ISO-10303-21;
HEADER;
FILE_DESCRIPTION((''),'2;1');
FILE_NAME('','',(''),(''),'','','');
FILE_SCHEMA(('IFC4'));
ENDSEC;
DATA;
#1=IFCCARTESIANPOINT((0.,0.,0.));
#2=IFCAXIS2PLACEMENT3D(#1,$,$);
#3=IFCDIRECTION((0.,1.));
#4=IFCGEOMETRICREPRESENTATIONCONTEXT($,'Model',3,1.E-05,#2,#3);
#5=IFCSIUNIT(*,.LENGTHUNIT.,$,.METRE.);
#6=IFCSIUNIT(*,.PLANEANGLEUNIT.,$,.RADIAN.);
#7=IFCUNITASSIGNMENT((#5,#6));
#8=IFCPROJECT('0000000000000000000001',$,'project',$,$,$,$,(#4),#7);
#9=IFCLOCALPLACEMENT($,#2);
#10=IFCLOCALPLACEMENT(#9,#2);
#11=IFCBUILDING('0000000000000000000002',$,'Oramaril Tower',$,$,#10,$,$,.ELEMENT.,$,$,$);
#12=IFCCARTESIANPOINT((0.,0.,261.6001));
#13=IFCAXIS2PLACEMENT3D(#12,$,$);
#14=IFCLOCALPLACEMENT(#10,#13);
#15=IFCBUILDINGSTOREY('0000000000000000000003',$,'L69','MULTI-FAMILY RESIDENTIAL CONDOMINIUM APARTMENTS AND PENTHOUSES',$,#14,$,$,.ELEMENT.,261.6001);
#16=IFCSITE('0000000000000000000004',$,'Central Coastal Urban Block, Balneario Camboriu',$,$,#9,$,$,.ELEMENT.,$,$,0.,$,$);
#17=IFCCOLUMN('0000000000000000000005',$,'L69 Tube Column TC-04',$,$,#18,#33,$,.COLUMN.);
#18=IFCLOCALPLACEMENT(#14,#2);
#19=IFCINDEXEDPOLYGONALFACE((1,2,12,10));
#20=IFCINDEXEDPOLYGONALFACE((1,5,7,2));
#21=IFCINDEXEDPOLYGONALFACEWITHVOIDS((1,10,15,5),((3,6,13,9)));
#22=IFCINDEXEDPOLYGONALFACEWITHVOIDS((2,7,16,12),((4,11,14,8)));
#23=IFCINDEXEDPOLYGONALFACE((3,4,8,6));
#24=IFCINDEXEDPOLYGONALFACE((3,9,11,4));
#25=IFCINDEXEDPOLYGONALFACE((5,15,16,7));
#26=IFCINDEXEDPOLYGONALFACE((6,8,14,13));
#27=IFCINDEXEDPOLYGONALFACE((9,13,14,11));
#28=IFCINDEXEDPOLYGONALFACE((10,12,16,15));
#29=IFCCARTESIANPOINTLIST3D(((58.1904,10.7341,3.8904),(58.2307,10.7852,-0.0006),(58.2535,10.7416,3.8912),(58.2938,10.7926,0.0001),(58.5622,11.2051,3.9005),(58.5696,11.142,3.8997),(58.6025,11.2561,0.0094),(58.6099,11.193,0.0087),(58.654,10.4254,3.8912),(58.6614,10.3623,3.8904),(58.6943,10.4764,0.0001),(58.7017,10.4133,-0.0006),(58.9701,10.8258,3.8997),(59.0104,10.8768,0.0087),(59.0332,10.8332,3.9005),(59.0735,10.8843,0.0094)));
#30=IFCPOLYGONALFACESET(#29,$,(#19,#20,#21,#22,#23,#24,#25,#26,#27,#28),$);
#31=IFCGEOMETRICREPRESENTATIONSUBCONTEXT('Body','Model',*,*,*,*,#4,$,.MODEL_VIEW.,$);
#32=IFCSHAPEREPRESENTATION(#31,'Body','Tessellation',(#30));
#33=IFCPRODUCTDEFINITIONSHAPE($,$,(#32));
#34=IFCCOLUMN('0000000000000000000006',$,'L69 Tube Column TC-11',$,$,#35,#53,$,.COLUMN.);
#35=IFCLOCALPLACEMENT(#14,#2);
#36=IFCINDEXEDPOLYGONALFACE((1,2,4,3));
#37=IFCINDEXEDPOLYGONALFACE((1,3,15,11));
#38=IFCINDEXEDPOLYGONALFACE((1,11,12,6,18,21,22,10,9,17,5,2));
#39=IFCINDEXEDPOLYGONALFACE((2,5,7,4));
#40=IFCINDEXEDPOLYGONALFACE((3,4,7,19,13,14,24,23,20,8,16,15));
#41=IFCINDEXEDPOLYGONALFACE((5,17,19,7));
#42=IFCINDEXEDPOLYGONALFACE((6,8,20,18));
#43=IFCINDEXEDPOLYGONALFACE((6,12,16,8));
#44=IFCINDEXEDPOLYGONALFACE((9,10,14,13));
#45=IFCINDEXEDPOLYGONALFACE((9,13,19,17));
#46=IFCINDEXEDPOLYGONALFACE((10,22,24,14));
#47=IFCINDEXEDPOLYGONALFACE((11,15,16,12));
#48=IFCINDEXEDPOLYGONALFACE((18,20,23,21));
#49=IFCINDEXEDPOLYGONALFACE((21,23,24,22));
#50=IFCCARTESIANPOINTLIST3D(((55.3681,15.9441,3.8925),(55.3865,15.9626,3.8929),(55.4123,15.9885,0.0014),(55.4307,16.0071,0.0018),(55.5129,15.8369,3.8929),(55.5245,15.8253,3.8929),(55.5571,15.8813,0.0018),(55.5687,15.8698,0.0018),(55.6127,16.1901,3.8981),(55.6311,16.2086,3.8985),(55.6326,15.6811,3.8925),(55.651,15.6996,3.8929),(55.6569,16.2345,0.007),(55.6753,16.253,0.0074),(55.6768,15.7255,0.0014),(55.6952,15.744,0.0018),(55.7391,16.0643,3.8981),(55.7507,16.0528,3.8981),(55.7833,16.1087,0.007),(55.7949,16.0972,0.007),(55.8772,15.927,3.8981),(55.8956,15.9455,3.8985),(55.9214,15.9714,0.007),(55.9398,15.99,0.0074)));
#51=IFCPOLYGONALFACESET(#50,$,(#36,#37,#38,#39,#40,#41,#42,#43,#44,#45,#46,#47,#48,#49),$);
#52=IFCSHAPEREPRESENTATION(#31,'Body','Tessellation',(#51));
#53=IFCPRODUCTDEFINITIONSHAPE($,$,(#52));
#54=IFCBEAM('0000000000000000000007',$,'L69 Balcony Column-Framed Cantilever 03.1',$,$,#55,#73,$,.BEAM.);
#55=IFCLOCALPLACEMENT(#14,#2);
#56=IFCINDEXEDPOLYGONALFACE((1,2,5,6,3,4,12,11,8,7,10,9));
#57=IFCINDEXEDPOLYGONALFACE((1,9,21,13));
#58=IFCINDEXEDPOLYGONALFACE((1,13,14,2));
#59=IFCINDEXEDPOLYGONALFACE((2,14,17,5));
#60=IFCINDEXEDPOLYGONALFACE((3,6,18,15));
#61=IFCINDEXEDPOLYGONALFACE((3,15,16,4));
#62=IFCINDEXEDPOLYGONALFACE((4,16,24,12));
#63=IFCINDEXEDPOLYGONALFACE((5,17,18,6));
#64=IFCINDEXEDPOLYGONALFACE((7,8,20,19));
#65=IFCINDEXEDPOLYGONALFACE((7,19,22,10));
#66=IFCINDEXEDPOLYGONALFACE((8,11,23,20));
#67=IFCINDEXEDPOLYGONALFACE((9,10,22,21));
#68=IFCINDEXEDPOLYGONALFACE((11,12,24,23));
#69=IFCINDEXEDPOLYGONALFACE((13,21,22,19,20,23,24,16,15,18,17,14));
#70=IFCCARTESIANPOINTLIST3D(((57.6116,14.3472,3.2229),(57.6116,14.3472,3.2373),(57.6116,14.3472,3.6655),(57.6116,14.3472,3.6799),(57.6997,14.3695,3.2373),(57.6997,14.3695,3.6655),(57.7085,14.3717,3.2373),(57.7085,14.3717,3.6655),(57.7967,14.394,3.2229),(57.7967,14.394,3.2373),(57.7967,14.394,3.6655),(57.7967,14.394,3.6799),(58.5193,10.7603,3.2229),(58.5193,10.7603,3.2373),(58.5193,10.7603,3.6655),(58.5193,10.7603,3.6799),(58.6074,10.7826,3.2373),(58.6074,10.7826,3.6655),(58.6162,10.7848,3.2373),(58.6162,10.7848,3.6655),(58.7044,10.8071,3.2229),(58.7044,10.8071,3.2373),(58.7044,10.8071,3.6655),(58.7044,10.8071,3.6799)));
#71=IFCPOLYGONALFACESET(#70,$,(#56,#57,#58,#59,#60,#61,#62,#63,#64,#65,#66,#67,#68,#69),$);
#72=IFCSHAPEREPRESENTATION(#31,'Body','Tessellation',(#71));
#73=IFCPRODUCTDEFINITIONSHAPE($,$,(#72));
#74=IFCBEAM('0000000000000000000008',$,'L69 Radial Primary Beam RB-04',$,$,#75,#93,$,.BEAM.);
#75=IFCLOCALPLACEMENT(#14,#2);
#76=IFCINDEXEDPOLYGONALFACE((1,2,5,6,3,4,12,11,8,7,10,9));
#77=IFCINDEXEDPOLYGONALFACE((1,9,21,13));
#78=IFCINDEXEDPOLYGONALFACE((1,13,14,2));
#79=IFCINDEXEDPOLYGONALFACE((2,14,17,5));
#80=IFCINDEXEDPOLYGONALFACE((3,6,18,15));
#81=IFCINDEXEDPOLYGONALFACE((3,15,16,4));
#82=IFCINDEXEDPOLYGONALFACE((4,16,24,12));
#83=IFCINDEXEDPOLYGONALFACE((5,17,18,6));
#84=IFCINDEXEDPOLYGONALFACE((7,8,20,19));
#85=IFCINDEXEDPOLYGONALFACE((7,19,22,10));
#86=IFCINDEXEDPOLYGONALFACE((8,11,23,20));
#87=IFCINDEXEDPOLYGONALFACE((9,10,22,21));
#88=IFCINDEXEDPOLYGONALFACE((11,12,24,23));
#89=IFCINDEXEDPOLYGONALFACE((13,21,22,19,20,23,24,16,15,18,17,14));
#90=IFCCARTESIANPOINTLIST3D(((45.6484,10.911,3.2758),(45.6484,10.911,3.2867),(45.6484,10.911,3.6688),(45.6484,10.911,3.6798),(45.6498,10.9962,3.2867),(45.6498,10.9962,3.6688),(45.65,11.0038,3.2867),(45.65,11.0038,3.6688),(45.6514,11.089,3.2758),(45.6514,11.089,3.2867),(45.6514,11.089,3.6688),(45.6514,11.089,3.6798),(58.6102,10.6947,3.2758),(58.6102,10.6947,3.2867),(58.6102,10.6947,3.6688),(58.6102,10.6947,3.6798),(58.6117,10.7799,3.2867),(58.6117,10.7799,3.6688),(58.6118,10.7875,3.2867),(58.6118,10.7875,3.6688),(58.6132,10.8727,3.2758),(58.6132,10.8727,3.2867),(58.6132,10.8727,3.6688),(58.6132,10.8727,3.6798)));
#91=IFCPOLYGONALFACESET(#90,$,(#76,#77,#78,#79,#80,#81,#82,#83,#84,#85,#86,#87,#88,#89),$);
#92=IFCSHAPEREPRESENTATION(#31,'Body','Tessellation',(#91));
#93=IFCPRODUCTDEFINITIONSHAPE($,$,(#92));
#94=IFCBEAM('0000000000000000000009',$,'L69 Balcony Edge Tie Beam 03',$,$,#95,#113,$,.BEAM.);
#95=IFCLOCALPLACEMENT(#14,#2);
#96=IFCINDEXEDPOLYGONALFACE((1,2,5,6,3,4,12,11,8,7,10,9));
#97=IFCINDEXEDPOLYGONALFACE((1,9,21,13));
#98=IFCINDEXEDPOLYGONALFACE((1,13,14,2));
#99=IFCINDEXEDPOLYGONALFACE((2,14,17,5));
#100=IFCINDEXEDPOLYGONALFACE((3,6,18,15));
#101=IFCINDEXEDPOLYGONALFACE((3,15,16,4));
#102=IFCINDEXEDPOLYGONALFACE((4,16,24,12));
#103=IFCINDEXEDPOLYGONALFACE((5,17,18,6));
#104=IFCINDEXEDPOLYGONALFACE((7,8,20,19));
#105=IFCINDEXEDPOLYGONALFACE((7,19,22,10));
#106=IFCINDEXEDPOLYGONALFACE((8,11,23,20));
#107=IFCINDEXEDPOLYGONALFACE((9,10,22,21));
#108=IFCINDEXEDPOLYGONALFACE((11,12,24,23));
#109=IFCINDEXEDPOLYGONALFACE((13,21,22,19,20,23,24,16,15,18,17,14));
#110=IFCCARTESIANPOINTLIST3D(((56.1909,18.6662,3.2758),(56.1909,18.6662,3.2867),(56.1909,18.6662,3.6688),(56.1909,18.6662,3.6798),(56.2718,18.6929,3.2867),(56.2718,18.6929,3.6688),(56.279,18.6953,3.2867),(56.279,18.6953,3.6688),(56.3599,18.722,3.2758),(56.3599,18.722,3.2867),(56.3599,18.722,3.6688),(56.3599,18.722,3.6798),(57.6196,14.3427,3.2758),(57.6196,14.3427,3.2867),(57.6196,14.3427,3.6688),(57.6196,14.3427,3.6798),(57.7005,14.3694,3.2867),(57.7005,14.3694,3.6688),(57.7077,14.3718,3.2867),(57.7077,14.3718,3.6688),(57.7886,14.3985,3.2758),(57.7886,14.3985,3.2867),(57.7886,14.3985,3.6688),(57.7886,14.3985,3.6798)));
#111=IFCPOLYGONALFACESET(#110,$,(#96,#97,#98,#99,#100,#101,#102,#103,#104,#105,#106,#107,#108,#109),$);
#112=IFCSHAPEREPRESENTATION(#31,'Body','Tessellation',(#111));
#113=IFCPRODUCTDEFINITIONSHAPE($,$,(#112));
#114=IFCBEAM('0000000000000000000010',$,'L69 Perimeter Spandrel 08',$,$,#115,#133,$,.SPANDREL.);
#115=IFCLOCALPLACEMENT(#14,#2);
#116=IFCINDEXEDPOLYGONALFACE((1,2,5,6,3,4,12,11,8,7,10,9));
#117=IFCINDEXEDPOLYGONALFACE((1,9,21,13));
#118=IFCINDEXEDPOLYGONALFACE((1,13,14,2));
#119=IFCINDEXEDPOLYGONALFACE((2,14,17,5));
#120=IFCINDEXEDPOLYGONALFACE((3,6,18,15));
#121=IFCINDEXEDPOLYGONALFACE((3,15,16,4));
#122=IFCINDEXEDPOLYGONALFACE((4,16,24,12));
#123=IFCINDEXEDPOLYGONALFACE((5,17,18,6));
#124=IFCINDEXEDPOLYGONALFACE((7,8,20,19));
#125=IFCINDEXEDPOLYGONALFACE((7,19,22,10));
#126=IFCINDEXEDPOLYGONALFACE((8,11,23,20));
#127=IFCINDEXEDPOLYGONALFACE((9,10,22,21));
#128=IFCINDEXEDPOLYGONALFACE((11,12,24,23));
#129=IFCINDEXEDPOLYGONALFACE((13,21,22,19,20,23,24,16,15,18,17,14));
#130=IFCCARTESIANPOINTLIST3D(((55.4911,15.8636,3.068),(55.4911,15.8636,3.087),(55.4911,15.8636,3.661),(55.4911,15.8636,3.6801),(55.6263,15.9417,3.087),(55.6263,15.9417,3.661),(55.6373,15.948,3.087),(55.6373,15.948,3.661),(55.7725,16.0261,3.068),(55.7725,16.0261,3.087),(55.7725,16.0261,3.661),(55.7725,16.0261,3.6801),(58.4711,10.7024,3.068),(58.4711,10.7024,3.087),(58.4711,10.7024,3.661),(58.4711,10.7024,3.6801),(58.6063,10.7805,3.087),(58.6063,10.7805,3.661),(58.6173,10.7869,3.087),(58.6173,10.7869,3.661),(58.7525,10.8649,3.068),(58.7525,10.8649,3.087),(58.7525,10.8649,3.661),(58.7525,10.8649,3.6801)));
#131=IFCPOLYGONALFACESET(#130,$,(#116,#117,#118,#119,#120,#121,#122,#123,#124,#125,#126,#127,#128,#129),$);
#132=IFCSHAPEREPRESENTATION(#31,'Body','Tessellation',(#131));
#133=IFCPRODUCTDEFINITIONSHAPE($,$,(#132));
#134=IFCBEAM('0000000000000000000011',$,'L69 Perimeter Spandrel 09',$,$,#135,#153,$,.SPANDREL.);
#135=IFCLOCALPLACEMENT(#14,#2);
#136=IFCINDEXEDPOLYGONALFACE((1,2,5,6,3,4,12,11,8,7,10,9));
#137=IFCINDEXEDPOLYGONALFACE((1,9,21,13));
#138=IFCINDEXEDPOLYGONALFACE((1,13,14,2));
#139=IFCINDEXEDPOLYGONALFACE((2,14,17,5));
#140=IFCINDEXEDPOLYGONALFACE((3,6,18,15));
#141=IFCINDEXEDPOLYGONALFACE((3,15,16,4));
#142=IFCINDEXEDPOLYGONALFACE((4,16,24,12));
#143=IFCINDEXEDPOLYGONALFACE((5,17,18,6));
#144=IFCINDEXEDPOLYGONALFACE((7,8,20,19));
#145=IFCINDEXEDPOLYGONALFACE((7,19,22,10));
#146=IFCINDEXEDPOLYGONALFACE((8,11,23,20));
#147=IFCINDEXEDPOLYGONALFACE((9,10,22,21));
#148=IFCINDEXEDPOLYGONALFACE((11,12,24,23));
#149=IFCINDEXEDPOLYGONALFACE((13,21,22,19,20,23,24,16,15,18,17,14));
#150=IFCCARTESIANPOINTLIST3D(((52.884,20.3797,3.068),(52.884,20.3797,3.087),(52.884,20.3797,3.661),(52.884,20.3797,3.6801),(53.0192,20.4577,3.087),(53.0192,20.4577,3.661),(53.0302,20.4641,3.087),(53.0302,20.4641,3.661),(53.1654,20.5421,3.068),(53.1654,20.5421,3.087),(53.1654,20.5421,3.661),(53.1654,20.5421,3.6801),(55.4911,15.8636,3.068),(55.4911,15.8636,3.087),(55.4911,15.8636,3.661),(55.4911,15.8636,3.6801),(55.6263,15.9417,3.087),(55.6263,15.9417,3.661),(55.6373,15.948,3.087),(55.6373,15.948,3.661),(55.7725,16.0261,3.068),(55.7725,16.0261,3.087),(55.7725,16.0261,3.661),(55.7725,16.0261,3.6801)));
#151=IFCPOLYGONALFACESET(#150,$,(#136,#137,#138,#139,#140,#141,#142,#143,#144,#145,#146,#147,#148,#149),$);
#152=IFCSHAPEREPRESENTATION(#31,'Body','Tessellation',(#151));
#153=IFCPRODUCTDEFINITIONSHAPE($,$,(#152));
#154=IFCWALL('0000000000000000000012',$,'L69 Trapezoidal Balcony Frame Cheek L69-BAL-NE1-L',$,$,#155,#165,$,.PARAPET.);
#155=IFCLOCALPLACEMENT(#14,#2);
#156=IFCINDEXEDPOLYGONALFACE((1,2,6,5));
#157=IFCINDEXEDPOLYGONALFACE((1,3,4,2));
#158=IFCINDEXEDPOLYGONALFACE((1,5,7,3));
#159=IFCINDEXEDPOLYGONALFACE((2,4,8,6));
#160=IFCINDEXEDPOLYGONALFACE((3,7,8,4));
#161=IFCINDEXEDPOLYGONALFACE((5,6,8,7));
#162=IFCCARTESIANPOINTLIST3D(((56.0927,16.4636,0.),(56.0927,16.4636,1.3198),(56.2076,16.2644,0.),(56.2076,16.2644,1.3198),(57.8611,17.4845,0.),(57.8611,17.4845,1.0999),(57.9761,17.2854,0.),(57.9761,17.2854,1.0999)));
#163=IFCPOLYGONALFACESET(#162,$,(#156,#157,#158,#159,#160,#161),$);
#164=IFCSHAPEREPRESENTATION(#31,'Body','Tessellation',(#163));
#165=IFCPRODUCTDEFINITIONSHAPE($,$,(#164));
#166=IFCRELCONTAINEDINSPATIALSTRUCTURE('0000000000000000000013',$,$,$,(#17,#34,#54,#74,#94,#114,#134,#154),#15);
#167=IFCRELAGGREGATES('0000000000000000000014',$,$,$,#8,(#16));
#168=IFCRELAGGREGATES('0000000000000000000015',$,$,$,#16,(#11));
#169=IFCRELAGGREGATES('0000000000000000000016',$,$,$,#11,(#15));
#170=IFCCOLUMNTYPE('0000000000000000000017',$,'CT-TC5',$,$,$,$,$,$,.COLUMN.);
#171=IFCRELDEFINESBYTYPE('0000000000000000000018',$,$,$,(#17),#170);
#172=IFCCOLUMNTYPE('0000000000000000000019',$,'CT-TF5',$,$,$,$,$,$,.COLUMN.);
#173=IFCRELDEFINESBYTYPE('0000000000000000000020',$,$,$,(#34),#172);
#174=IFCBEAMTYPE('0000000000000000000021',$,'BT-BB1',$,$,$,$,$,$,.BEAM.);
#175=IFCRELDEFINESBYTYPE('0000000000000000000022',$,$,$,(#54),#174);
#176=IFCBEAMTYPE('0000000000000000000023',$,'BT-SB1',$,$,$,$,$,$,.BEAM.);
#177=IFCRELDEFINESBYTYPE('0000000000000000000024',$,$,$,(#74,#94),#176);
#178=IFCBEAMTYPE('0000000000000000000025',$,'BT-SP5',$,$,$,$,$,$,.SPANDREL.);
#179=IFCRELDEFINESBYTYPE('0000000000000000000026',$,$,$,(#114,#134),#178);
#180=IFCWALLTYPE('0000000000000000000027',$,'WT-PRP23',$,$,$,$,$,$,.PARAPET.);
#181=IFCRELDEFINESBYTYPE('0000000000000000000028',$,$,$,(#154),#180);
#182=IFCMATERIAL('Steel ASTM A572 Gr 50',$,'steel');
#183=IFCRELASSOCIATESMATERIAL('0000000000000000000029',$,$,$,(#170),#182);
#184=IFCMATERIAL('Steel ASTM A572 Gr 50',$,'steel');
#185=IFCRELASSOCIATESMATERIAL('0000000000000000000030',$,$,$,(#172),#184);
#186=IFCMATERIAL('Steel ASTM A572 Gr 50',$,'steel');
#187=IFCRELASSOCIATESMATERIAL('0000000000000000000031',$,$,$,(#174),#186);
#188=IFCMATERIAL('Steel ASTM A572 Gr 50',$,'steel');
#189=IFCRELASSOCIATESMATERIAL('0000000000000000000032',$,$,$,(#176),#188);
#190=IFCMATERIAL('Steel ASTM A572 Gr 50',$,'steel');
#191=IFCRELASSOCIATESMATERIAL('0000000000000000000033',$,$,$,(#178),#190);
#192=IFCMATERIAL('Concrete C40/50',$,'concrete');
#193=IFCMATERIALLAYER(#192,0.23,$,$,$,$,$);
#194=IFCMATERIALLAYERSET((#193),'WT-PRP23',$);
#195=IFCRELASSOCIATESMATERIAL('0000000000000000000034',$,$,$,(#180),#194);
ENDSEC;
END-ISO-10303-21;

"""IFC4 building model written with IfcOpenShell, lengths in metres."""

from ifc_helpers import new_model, si_unit, direction, frame, origin, origin_2d, place, context, subcontext, project, spatial, polyline, hollow_rectangle, i_section, outline, extrude, material, layer, layer_set, material_profile, profile_set, type_object, element, save


model = new_model("IFC4")

# Units and contexts
model_context = context("Model", 3, precision=1e-05, world=origin(), true_north=direction((0.0, 1.0)))
body_context = subcontext(model_context, "Body", "Model", "MODEL_VIEW")
ifc_project = project(units=[si_unit("LENGTHUNIT", "METRE"), si_unit("PLANEANGLEUNIT", "RADIAN")], contexts=[model_context])

# Site, building, storey
site_placement = place(None, origin())
site = spatial("IfcSite", under=ifc_project, at=site_placement, Name="Central Coastal Urban Block, Balneario Camboriu", CompositionType="ELEMENT", RefElevation=0.0)
building_placement = place(site_placement, origin())
building = spatial("IfcBuilding", under=site, at=building_placement, Name="Oramaril Tower", CompositionType="ELEMENT")
storey_placement = place(building_placement, frame((0.0, 0.0, 261.6001)))
storey = spatial("IfcBuildingStorey", under=building, at=storey_placement, Name="L69", Description="MULTI-FAMILY RESIDENTIAL CONDOMINIUM APARTMENTS AND PENTHOUSES", CompositionType="ELEMENT", Elevation=261.6001)

# Columns
ifc_material_1 = material(Name="Steel ASTM A572 Gr 50", Category="steel")
ifc_material_profile_1 = material_profile(ifc_material_1, hollow_rectangle(XDim=0.6001, YDim=0.6001, WallThickness=0.0449, at=origin_2d()), Name="BOX600X600X45")
ifc_profile_set_1 = profile_set([ifc_material_profile_1], Name="Steel ASTM A572 Gr 50")
column_type_1 = type_object("IfcColumnType", Name="CT-TC5", PredefinedType="COLUMN", material=ifc_profile_set_1)
column_1_placement = place(storey_placement, frame((58.6521, 10.8347, 0.0044), z_axis=(-0.010351, -0.013111, 0.99986), x_axis=(0.784883, -0.619644, 0.0)))
element("IfcColumn", 1, at=column_1_placement, inside=storey, type_object=column_type_1, Name="L69 Tube Column TC-04", PredefinedType="COLUMN", context=body_context, shape_type="SweptSolid", body=[
    extrude(hollow_rectangle(XDim=0.6001, YDim=0.6001, WallThickness=0.0449, at=origin_2d()), origin(), (0.0, 0.0, 1.0), 3.8916),
])
ifc_material_2 = material(Name="Steel ASTM A572 Gr 50", Category="steel")
ifc_material_profile_2 = material_profile(ifc_material_2, i_section(OverallWidth=0.373, OverallDepth=0.373, WebThickness=0.0164, FlangeThickness=0.0261, at=origin_2d()), Name="W14X132")
ifc_profile_set_2 = profile_set([ifc_material_profile_2], Name="Steel ASTM A572 Gr 50")
column_type_2 = type_object("IfcColumnType", Name="CT-TF5", PredefinedType="COLUMN", material=ifc_profile_set_2)
column_2_placement = place(storey_placement, frame((55.676, 15.9893, 0.0044), z_axis=(-0.011355, -0.011418, 0.99987), x_axis=(0.709052, -0.705156, 0.0)))
element("IfcColumn", 2, at=column_2_placement, inside=storey, type_object=column_type_2, Name="L69 Tube Column TC-11", PredefinedType="COLUMN", context=body_context, shape_type="SweptSolid", body=[
    extrude(i_section(OverallWidth=0.373, OverallDepth=0.373, WebThickness=0.0164, FlangeThickness=0.0261, at=origin_2d()), origin(), (0.0, 0.0, 1.0), 3.8916),
])

# Beams
ifc_material_3 = material(Name="Steel ASTM A572 Gr 50", Category="steel")
ifc_material_profile_3 = material_profile(ifc_material_3, i_section(OverallWidth=0.1909, OverallDepth=0.457, WebThickness=0.009, FlangeThickness=0.0144, at=origin_2d()), Name="W18X50")
ifc_profile_set_3 = profile_set([ifc_material_profile_3], Name="Steel ASTM A572 Gr 50")
beam_type_1 = type_object("IfcBeamType", Name="BT-BB1", PredefinedType="BEAM", material=ifc_profile_set_3)
beam_1_placement = place(storey_placement, frame((58.6118, 10.7837, 3.4514), z_axis=(-0.245329, 0.96944, 0.0), x_axis=(-0.96944, -0.245329, 0.0)))
element("IfcBeam", 3, at=beam_1_placement, inside=storey, type_object=beam_type_1, Name="L69 Balcony Column-Framed Cantilever 03.1", PredefinedType="BEAM", context=body_context, shape_type="SweptSolid", body=[
    extrude(i_section(OverallWidth=0.1909, OverallDepth=0.457, WebThickness=0.009, FlangeThickness=0.0144, at=origin_2d()), origin(), (0.0, 0.0, 1.0), 3.7),
])
ifc_material_4 = material(Name="Steel ASTM A572 Gr 50", Category="steel")
ifc_material_profile_4 = material_profile(ifc_material_4, i_section(OverallWidth=0.178, OverallDepth=0.4041, WebThickness=0.0076, FlangeThickness=0.011, at=origin_2d()), Name="W16X36")
ifc_profile_set_4 = profile_set([ifc_material_profile_4], Name="Steel ASTM A572 Gr 50")
beam_type_2 = type_object("IfcBeamType", Name="BT-SB1", PredefinedType="BEAM", material=ifc_profile_set_4)
beam_2_placement = place(storey_placement, frame((45.6499, 11.0, 3.4778), z_axis=(0.999861, -0.016686, 0.0), x_axis=(0.016686, 0.999861, 0.0)))
element("IfcBeam", 4, at=beam_2_placement, inside=storey, type_object=beam_type_2, Name="L69 Radial Primary Beam RB-04", PredefinedType="BEAM", context=body_context, shape_type="SweptSolid", body=[
    extrude(i_section(OverallWidth=0.178, OverallDepth=0.4041, WebThickness=0.0076, FlangeThickness=0.011, at=origin_2d()), origin(), (0.0, 0.0, 1.0), 12.9636),
])
beam_3_placement = place(storey_placement, frame((57.7041, 14.3706, 3.4778), z_axis=(-0.313766, 0.9495, 0.0), x_axis=(-0.9495, -0.313766, 0.0)))
element("IfcBeam", 5, at=beam_3_placement, inside=storey, type_object=beam_type_2, Name="L69 Balcony Edge Tie Beam 03", PredefinedType="BEAM", context=body_context, shape_type="SweptSolid", body=[
    extrude(i_section(OverallWidth=0.178, OverallDepth=0.4041, WebThickness=0.0076, FlangeThickness=0.011, at=origin_2d()), origin(), (0.0, 0.0, 1.0), 4.5535),
])
ifc_material_5 = material(Name="Steel ASTM A572 Gr 50", Category="steel")
ifc_material_profile_5 = material_profile(ifc_material_5, i_section(OverallWidth=0.325, OverallDepth=0.6121, WebThickness=0.0127, FlangeThickness=0.019, at=origin_2d()), Name="W24X104")
ifc_profile_set_5 = profile_set([ifc_material_profile_5], Name="Steel ASTM A572 Gr 50")
beam_type_3 = type_object("IfcBeamType", Name="BT-SP5", PredefinedType="SPANDREL", material=ifc_profile_set_5)
beam_4_placement = place(storey_placement, frame((58.6118, 10.7837, 3.374), z_axis=(-0.500025, 0.866011, 0.0), x_axis=(-0.866011, -0.500025, 0.0)))
element("IfcBeam", 6, at=beam_4_placement, inside=storey, type_object=beam_type_3, Name="L69 Perimeter Spandrel 08", PredefinedType="SPANDREL", context=body_context, shape_type="SweptSolid", body=[
    extrude(i_section(OverallWidth=0.325, OverallDepth=0.6121, WebThickness=0.0127, FlangeThickness=0.019, at=origin_2d()), origin(), (0.0, 0.0, 1.0), 5.9597),
])
beam_5_placement = place(storey_placement, frame((55.6318, 15.9448, 3.374), z_axis=(-0.499971, 0.866042, 0.0), x_axis=(-0.866042, -0.499971, 0.0)))
element("IfcBeam", 7, at=beam_5_placement, inside=storey, type_object=beam_type_3, Name="L69 Perimeter Spandrel 09", PredefinedType="SPANDREL", context=body_context, shape_type="SweptSolid", body=[
    extrude(i_section(OverallWidth=0.325, OverallDepth=0.6121, WebThickness=0.0127, FlangeThickness=0.019, at=origin_2d()), origin(), (0.0, 0.0, 1.0), 5.2146),
])

# Wall
ifc_material_6 = material(Name="Concrete C40/50", Category="concrete")
ifc_layer_1 = layer(ifc_material_6, 0.23)
ifc_layer_set_1 = layer_set([ifc_layer_1], Name="WT-PRP23")
wall_type_1 = type_object("IfcWallType", Name="WT-PRP23", PredefinedType="PARAPET", material=ifc_layer_set_1)
wall_1_placement = place(storey_placement, frame((56.1501, 16.364, 0.0), z_axis=(0.0, 0.0, 1.0), x_axis=(0.866042, 0.499971, 0.0)))
element("IfcWall", 8, at=wall_1_placement, inside=storey, type_object=wall_type_1, Name="L69 Trapezoidal Balcony Frame Cheek L69-BAL-NE1-L", PredefinedType="PARAPET", context=body_context, shape_type="SweptSolid", body=[
    extrude(outline(polyline([(0.0, 0.0), (2.042, 0.0), (2.042, 1.0999), (0.0, 1.3198), (0.0, 0.0)])), frame((0.0, 0.115, 0.0), z_axis=(0.0, -1.0, 0.0), x_axis=(1.0, 0.0, 0.0)), (0.0, 0.0, 1.0), 0.23),
])

save(model, "model.ifc")
